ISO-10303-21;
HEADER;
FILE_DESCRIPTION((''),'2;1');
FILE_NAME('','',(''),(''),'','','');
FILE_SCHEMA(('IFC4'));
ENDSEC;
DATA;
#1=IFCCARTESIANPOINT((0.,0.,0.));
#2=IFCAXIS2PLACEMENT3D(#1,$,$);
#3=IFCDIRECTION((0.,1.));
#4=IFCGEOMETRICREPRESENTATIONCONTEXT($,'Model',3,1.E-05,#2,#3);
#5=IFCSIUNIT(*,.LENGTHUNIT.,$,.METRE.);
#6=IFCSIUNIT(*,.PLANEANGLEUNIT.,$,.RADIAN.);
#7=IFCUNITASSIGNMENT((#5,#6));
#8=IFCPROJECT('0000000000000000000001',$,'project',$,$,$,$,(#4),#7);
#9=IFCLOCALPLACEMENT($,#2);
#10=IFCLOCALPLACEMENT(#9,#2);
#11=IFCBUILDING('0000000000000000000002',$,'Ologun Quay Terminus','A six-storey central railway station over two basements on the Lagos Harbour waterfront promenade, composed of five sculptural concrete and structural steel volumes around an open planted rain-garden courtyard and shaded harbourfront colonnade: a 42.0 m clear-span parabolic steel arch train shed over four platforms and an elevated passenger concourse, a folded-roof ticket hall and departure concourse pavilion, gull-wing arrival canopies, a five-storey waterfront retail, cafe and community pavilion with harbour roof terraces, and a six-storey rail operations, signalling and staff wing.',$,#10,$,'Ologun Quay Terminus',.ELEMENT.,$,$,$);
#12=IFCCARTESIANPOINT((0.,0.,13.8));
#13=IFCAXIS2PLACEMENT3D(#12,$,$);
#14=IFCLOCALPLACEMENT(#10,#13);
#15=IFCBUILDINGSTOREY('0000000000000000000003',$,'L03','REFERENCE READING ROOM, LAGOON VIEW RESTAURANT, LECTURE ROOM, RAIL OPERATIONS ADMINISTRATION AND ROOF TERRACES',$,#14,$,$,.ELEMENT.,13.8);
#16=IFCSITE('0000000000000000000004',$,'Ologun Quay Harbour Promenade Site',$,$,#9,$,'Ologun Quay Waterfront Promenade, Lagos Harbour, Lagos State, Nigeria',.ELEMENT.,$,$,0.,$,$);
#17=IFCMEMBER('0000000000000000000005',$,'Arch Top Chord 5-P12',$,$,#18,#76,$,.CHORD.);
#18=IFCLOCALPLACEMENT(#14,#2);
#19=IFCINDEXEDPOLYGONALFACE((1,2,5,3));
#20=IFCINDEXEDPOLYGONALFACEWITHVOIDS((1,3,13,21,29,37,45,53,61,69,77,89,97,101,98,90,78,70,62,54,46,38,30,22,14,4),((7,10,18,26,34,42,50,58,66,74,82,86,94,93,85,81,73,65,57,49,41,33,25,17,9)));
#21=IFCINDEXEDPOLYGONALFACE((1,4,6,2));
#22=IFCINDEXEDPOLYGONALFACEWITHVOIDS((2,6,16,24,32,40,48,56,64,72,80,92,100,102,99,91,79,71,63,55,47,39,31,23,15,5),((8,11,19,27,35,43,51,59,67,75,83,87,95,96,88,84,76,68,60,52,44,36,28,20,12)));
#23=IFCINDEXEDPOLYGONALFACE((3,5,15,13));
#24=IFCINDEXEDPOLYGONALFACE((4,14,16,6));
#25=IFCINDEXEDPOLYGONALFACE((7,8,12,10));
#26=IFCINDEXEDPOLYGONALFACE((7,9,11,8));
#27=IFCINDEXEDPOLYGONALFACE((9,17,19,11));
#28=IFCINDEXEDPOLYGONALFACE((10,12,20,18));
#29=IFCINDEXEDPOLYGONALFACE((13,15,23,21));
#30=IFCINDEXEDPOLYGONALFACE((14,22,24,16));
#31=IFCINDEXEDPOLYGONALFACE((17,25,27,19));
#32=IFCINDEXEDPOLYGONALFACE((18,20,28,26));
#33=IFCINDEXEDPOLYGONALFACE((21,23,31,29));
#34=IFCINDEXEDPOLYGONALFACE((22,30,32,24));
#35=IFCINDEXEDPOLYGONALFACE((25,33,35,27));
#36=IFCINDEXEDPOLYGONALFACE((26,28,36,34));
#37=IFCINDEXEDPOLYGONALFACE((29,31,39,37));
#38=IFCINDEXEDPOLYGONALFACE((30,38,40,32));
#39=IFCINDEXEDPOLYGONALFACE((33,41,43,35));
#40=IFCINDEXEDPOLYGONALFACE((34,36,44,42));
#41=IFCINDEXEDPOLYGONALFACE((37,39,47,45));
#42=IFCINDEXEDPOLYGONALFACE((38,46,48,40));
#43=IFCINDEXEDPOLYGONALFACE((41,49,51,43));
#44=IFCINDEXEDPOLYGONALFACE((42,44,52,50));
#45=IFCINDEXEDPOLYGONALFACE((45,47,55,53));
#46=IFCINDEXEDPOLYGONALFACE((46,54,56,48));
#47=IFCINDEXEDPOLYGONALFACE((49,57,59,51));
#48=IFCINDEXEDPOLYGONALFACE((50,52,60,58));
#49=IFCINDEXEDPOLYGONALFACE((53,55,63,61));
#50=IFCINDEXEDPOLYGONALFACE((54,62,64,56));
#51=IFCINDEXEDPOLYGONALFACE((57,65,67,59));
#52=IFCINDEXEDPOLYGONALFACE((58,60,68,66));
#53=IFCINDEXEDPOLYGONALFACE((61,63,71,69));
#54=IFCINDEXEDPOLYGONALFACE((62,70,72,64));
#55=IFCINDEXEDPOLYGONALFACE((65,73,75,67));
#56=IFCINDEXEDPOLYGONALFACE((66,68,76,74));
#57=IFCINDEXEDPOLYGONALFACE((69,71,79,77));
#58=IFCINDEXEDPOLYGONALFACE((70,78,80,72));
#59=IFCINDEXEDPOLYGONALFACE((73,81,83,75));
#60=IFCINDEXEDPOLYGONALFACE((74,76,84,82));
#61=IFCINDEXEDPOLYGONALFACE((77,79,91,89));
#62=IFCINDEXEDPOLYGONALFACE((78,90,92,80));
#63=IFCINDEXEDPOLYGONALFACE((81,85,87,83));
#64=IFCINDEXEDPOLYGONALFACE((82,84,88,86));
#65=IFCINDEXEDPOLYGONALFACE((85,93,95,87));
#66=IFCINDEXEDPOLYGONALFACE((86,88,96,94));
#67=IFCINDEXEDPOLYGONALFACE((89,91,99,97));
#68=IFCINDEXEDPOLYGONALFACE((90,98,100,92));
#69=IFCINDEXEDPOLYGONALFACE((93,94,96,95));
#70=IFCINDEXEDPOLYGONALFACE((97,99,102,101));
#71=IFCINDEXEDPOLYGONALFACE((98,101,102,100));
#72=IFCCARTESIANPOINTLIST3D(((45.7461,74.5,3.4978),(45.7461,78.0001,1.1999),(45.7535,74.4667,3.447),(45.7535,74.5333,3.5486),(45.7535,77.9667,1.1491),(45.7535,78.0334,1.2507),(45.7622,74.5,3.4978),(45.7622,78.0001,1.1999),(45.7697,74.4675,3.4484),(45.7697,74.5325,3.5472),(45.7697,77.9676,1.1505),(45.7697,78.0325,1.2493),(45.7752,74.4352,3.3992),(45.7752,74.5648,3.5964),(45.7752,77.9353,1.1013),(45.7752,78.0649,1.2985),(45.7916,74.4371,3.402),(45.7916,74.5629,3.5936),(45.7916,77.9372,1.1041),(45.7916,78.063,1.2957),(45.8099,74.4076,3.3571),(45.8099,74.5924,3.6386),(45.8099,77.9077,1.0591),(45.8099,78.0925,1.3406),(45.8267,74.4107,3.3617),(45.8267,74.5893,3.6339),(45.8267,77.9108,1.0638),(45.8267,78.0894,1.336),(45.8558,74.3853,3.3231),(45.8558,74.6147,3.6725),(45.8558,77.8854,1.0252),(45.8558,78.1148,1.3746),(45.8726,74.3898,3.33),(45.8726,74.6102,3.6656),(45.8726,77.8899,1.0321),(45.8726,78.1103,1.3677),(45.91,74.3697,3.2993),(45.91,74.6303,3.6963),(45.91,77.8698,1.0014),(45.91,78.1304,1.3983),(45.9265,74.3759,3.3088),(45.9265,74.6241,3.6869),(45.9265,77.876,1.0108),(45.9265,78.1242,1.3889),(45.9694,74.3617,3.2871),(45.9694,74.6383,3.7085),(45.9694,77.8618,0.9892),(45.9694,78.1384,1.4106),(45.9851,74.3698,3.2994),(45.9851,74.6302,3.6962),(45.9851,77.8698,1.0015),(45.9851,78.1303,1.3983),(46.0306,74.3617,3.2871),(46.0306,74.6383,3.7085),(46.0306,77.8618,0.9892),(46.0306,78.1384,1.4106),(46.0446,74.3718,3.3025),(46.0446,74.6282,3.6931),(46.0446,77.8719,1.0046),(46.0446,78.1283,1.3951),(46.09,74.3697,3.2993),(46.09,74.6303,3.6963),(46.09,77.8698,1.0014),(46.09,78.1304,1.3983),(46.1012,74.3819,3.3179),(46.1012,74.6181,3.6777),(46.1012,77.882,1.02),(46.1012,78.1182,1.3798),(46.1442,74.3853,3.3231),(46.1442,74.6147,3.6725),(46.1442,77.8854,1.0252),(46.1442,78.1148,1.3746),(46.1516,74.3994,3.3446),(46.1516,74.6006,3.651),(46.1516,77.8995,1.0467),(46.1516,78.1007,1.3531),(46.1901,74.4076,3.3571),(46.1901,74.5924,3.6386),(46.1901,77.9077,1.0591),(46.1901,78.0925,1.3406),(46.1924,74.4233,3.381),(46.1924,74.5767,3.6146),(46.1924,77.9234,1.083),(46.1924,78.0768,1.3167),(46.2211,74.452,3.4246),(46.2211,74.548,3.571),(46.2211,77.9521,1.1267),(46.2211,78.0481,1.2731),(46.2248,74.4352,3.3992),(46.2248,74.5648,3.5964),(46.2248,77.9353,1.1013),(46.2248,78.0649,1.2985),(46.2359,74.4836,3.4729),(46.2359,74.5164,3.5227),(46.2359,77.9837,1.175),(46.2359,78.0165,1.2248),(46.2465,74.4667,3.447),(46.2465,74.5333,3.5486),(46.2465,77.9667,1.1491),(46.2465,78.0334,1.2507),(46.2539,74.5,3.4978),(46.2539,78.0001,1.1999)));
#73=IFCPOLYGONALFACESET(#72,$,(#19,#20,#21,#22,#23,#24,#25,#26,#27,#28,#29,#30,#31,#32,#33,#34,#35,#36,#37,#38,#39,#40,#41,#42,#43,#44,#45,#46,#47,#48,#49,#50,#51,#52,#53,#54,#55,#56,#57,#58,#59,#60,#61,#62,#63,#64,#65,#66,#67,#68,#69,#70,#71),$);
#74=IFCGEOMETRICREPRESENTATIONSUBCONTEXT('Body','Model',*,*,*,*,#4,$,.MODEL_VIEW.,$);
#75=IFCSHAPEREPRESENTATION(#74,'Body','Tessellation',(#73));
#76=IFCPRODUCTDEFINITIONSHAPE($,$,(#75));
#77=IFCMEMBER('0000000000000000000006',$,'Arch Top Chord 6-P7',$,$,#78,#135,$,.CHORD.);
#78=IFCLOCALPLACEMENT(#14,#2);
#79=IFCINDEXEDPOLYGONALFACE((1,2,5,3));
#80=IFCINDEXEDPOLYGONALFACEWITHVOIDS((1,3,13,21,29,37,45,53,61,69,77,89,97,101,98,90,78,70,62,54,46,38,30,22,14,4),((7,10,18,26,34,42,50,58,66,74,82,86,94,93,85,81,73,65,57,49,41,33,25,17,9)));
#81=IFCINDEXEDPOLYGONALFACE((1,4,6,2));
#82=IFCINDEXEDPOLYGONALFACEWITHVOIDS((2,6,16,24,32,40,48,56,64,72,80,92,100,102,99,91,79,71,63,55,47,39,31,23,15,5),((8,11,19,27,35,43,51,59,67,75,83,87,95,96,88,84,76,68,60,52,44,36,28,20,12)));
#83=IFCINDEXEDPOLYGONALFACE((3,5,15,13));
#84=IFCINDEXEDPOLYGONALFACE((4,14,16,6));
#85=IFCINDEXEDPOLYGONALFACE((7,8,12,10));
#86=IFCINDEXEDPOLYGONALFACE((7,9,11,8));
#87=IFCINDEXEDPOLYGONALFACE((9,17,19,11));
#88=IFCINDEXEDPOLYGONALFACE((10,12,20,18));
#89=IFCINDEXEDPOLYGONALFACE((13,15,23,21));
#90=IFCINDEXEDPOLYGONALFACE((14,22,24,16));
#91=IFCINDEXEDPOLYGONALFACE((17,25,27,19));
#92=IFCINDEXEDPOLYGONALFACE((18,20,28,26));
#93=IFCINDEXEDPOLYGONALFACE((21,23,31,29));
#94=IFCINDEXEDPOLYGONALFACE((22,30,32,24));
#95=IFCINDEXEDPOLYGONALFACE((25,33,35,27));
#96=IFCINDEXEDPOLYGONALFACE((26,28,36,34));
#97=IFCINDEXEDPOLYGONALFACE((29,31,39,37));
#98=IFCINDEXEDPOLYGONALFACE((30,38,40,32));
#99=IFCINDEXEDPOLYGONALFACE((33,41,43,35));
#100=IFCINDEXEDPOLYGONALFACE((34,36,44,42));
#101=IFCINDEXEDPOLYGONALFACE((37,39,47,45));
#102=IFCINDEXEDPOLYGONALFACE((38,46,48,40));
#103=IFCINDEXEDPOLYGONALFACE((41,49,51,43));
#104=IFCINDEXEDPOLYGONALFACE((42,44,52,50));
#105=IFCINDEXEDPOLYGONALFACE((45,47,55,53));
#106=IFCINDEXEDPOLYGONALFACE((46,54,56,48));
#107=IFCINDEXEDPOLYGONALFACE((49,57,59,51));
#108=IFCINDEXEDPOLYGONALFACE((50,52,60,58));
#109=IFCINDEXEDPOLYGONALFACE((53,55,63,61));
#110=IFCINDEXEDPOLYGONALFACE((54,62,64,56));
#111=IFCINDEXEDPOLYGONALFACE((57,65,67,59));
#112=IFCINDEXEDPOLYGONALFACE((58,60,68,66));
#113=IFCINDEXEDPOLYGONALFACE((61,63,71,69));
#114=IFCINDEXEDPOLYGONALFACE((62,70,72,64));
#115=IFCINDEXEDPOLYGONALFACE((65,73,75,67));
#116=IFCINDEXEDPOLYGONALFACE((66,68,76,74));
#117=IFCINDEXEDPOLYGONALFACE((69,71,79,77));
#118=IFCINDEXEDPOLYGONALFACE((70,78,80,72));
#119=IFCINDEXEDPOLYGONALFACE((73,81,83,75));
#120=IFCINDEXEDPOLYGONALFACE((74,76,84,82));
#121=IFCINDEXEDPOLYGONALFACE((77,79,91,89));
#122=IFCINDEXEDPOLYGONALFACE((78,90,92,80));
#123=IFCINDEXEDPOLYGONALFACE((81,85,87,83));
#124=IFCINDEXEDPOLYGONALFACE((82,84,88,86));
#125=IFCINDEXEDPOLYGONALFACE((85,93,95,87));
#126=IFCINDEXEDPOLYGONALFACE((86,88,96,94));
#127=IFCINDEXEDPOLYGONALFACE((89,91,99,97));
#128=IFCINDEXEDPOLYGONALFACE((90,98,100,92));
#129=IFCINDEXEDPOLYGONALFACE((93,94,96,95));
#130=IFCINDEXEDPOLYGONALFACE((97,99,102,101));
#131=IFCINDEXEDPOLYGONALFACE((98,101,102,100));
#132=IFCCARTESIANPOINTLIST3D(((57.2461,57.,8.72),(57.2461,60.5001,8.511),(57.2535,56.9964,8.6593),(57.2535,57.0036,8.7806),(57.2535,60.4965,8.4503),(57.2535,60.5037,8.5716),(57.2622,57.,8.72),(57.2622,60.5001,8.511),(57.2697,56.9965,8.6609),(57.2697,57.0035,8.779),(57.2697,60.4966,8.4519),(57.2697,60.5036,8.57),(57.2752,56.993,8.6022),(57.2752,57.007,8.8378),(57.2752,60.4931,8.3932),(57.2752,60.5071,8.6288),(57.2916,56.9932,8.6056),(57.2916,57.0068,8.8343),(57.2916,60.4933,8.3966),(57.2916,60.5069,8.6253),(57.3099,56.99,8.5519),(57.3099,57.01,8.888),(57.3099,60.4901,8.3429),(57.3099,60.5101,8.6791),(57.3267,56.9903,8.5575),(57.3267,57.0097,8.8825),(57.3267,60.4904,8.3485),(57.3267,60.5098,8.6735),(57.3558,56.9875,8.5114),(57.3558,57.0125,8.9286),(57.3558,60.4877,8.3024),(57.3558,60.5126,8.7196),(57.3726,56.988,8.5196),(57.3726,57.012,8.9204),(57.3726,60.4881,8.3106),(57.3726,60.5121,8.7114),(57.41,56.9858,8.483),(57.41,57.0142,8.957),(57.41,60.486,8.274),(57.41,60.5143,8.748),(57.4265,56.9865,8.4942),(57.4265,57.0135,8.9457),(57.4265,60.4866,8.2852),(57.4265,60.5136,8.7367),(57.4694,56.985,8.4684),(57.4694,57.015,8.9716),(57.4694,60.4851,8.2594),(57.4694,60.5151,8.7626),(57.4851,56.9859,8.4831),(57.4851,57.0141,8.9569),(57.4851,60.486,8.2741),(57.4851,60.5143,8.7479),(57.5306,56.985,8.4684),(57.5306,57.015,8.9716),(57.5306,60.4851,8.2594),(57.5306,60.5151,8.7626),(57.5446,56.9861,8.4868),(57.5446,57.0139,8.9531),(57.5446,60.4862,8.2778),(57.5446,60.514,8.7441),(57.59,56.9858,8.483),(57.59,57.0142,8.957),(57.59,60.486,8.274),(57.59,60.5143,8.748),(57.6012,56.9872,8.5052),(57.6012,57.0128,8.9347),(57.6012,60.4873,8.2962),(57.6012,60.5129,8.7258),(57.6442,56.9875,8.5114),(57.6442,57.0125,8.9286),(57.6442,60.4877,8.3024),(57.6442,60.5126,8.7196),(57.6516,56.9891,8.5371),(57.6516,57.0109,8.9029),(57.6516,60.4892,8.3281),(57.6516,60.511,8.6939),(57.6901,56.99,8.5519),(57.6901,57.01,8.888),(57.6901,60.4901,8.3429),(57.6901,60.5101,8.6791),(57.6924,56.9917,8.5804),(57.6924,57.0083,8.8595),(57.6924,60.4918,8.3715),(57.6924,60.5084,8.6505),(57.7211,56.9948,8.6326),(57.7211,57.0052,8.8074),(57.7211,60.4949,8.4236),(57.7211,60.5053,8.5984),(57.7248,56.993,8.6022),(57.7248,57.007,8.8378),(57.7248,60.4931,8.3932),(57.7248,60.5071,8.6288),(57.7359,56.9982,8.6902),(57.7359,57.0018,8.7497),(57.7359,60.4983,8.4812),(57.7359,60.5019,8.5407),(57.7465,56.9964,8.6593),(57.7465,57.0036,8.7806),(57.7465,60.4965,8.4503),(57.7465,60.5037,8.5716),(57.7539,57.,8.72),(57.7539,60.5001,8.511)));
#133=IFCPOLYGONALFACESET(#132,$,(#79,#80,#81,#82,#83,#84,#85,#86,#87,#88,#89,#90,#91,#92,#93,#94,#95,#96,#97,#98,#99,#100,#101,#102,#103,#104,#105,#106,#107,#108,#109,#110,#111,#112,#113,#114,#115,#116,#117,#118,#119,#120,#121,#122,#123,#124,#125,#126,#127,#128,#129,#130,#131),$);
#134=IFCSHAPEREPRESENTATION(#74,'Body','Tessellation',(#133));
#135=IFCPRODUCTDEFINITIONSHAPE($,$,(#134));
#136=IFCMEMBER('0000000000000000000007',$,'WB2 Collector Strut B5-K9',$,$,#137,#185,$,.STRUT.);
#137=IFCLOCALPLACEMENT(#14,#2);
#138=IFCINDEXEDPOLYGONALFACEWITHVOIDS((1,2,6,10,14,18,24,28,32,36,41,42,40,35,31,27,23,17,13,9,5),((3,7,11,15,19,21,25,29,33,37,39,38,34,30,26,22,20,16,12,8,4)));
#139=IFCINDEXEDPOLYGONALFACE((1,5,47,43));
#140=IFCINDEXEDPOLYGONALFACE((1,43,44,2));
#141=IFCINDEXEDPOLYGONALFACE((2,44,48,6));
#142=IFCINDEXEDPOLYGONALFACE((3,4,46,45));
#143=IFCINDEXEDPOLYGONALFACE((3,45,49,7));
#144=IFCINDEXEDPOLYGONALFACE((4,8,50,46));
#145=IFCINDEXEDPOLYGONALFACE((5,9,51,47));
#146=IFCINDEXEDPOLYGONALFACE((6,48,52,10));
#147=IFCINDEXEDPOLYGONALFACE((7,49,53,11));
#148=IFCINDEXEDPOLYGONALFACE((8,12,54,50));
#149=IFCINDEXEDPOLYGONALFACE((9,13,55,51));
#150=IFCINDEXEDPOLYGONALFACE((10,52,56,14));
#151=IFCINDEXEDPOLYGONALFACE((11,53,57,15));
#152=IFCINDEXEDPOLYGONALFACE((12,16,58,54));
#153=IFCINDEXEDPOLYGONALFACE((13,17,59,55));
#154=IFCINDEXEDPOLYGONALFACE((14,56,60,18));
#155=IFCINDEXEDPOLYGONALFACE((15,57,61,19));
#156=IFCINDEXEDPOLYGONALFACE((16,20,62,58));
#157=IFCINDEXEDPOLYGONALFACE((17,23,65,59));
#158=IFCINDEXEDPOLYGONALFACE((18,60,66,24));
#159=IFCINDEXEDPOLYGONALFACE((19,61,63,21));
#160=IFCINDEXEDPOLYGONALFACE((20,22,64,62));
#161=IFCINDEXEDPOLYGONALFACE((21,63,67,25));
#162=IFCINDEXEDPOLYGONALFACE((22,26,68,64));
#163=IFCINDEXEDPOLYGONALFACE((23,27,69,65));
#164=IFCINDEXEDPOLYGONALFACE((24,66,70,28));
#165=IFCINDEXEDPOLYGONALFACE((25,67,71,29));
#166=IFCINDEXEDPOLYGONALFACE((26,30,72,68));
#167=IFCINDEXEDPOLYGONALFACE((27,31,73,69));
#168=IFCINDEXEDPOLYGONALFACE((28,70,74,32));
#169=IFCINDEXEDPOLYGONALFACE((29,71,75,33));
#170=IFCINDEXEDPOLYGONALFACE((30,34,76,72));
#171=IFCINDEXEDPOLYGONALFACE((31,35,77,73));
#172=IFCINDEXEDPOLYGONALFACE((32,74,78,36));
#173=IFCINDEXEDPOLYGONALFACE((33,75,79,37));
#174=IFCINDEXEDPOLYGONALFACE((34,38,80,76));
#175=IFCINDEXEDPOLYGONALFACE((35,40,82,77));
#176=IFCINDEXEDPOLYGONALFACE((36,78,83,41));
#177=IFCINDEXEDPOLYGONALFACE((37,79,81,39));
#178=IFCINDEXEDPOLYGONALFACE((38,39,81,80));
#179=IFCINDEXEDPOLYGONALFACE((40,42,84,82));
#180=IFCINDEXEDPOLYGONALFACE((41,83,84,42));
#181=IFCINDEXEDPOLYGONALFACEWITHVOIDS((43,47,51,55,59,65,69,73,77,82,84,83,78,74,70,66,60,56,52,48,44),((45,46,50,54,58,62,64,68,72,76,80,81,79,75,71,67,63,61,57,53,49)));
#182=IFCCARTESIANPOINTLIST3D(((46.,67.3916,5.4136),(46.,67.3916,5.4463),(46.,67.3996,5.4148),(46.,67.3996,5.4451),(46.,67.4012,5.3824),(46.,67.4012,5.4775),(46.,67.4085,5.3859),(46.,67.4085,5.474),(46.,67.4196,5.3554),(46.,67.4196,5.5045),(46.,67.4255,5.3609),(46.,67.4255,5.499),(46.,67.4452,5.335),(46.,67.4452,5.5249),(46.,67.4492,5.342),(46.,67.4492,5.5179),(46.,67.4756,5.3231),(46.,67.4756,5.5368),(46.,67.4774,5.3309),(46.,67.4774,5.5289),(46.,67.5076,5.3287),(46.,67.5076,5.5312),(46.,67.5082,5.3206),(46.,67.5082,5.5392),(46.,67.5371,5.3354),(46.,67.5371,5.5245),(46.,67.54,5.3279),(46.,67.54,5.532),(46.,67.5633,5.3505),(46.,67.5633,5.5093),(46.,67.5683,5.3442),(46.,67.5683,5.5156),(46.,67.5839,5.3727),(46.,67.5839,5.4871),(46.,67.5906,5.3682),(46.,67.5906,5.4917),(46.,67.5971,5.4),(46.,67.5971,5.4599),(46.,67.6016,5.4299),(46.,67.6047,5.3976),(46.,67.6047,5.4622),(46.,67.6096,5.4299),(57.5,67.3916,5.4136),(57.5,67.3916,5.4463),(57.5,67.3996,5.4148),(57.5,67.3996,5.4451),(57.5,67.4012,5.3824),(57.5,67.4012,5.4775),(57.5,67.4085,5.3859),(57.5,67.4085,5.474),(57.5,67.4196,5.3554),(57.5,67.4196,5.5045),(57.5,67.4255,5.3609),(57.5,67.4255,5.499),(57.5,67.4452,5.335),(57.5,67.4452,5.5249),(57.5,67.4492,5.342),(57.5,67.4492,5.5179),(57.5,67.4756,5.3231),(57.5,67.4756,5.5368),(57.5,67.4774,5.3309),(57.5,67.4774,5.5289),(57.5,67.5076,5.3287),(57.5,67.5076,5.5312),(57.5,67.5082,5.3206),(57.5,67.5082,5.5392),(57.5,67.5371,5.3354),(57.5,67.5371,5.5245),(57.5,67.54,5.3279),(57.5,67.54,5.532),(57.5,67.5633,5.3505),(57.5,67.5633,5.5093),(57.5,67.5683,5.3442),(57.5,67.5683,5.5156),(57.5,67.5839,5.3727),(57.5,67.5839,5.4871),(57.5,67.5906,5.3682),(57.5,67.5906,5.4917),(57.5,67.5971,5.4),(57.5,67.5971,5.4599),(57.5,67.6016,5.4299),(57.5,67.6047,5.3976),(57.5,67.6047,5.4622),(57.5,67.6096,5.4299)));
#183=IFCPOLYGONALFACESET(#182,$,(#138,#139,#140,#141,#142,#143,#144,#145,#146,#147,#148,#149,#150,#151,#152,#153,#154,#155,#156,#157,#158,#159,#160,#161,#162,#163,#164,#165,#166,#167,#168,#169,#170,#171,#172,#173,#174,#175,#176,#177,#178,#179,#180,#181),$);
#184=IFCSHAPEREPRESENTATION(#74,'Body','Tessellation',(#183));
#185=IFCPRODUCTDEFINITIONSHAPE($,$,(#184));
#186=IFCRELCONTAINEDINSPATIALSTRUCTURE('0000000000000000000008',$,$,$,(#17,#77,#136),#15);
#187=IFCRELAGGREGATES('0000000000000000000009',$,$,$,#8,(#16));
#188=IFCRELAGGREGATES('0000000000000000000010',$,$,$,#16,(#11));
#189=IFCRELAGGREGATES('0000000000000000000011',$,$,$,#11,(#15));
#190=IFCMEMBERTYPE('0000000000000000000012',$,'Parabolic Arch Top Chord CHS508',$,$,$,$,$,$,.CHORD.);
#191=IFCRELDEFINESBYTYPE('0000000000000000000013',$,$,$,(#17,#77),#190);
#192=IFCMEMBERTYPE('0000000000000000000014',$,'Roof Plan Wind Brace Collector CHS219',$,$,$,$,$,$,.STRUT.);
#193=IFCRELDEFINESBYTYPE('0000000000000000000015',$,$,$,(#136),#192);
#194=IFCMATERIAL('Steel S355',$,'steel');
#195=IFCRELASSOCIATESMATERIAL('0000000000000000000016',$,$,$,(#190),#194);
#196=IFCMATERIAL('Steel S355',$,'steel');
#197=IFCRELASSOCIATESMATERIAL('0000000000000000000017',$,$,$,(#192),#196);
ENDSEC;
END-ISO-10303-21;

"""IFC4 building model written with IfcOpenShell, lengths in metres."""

from ifc_helpers import new_model, si_unit, direction, frame, origin, origin_2d, place, context, subcontext, project, spatial, hollow_circle, extrude, material, material_profile, profile_set, type_object, element, save


model = new_model("IFC4")

# Units and contexts
model_context = context("Model", 3, precision=1e-05, world=origin(), true_north=direction((0.0, 1.0)))
body_context = subcontext(model_context, "Body", "Model", "MODEL_VIEW")
ifc_project = project(units=[si_unit("LENGTHUNIT", "METRE"), si_unit("PLANEANGLEUNIT", "RADIAN")], contexts=[model_context])

# Site, building, storey
site_placement = place(None, origin())
site = spatial("IfcSite", under=ifc_project, at=site_placement, Name="Ologun Quay Harbour Promenade Site", LongName="Ologun Quay Waterfront Promenade, Lagos Harbour, Lagos State, Nigeria", CompositionType="ELEMENT", RefElevation=0.0)
building_placement = place(site_placement, origin())
building = spatial("IfcBuilding", under=site, at=building_placement, Name="Ologun Quay Terminus", Description="A six-storey central railway station over two basements on the Lagos Harbour waterfront promenade, composed of five sculptural concrete and structural steel volumes around an open planted rain-garden courtyard and shaded harbourfront colonnade: a 42.0 m clear-span parabolic steel arch train shed over four platforms and an elevated passenger concourse, a folded-roof ticket hall and departure concourse pavilion, gull-wing arrival canopies, a five-storey waterfront retail, cafe and community pavilion with harbour roof terraces, and a six-storey rail operations, signalling and staff wing.", LongName="Ologun Quay Terminus", CompositionType="ELEMENT")
storey_placement = place(building_placement, frame((0.0, 0.0, 13.8)))
storey = spatial("IfcBuildingStorey", under=building, at=storey_placement, Name="L03", Description="REFERENCE READING ROOM, LAGOON VIEW RESTAURANT, LECTURE ROOM, RAIL OPERATIONS ADMINISTRATION AND ROOF TERRACES", CompositionType="ELEMENT", Elevation=13.8)

# Members
ifc_material_1 = material(Name="Steel S355", Category="steel")
ifc_material_profile_1 = material_profile(ifc_material_1, hollow_circle(Radius=0.2539, WallThickness=0.0161, at=origin_2d()), Name="CHS 508x16")
ifc_profile_set_1 = profile_set([ifc_material_profile_1], Name="Steel S355")
member_type_1 = type_object("IfcMemberType", Name="Parabolic Arch Top Chord CHS508", PredefinedType="CHORD", material=ifc_profile_set_1)
member_1_placement = place(storey_placement, frame((46.0, 74.5, 3.4978), z_axis=(0.0, 0.835941, -0.548819), x_axis=(-1.0, 0.0, 0.0)))
element("IfcMember", 1, at=member_1_placement, inside=storey, type_object=member_type_1, Name="Arch Top Chord 5-P12", PredefinedType="CHORD", context=body_context, shape_type="SweptSolid", body=[
    extrude(hollow_circle(Radius=0.2539, WallThickness=0.0161, at=origin_2d()), origin(), (0.0, 0.0, 1.0), 4.187),
])
member_2_placement = place(storey_placement, frame((57.5, 57.0, 8.72), z_axis=(0.0, 0.998222, -0.059604), x_axis=(-1.0, 0.0, 0.0)))
element("IfcMember", 2, at=member_2_placement, inside=storey, type_object=member_type_1, Name="Arch Top Chord 6-P7", PredefinedType="CHORD", context=body_context, shape_type="SweptSolid", body=[
    extrude(hollow_circle(Radius=0.2539, WallThickness=0.0161, at=origin_2d()), origin(), (0.0, 0.0, 1.0), 3.5063),
])
ifc_material_2 = material(Name="Steel S355", Category="steel")
ifc_material_profile_2 = material_profile(ifc_material_2, hollow_circle(Radius=0.1096, WallThickness=0.0081, at=origin_2d()), Name="CHS 219.1x8")
ifc_profile_set_2 = profile_set([ifc_material_profile_2], Name="Steel S355")
member_type_2 = type_object("IfcMemberType", Name="Roof Plan Wind Brace Collector CHS219", PredefinedType="STRUT", material=ifc_profile_set_2)
member_3_placement = place(storey_placement, frame((46.0, 67.5, 5.4299), z_axis=(1.0, 0.0, 0.0), x_axis=(0.0, 1.0, 0.0)))
element("IfcMember", 3, at=member_3_placement, inside=storey, type_object=member_type_2, Name="WB2 Collector Strut B5-K9", PredefinedType="STRUT", context=body_context, shape_type="SweptSolid", body=[
    extrude(hollow_circle(Radius=0.1096, WallThickness=0.0081, at=origin_2d()), origin(), (0.0, 0.0, 1.0), 11.5),
])

save(model, "model.ifc")
